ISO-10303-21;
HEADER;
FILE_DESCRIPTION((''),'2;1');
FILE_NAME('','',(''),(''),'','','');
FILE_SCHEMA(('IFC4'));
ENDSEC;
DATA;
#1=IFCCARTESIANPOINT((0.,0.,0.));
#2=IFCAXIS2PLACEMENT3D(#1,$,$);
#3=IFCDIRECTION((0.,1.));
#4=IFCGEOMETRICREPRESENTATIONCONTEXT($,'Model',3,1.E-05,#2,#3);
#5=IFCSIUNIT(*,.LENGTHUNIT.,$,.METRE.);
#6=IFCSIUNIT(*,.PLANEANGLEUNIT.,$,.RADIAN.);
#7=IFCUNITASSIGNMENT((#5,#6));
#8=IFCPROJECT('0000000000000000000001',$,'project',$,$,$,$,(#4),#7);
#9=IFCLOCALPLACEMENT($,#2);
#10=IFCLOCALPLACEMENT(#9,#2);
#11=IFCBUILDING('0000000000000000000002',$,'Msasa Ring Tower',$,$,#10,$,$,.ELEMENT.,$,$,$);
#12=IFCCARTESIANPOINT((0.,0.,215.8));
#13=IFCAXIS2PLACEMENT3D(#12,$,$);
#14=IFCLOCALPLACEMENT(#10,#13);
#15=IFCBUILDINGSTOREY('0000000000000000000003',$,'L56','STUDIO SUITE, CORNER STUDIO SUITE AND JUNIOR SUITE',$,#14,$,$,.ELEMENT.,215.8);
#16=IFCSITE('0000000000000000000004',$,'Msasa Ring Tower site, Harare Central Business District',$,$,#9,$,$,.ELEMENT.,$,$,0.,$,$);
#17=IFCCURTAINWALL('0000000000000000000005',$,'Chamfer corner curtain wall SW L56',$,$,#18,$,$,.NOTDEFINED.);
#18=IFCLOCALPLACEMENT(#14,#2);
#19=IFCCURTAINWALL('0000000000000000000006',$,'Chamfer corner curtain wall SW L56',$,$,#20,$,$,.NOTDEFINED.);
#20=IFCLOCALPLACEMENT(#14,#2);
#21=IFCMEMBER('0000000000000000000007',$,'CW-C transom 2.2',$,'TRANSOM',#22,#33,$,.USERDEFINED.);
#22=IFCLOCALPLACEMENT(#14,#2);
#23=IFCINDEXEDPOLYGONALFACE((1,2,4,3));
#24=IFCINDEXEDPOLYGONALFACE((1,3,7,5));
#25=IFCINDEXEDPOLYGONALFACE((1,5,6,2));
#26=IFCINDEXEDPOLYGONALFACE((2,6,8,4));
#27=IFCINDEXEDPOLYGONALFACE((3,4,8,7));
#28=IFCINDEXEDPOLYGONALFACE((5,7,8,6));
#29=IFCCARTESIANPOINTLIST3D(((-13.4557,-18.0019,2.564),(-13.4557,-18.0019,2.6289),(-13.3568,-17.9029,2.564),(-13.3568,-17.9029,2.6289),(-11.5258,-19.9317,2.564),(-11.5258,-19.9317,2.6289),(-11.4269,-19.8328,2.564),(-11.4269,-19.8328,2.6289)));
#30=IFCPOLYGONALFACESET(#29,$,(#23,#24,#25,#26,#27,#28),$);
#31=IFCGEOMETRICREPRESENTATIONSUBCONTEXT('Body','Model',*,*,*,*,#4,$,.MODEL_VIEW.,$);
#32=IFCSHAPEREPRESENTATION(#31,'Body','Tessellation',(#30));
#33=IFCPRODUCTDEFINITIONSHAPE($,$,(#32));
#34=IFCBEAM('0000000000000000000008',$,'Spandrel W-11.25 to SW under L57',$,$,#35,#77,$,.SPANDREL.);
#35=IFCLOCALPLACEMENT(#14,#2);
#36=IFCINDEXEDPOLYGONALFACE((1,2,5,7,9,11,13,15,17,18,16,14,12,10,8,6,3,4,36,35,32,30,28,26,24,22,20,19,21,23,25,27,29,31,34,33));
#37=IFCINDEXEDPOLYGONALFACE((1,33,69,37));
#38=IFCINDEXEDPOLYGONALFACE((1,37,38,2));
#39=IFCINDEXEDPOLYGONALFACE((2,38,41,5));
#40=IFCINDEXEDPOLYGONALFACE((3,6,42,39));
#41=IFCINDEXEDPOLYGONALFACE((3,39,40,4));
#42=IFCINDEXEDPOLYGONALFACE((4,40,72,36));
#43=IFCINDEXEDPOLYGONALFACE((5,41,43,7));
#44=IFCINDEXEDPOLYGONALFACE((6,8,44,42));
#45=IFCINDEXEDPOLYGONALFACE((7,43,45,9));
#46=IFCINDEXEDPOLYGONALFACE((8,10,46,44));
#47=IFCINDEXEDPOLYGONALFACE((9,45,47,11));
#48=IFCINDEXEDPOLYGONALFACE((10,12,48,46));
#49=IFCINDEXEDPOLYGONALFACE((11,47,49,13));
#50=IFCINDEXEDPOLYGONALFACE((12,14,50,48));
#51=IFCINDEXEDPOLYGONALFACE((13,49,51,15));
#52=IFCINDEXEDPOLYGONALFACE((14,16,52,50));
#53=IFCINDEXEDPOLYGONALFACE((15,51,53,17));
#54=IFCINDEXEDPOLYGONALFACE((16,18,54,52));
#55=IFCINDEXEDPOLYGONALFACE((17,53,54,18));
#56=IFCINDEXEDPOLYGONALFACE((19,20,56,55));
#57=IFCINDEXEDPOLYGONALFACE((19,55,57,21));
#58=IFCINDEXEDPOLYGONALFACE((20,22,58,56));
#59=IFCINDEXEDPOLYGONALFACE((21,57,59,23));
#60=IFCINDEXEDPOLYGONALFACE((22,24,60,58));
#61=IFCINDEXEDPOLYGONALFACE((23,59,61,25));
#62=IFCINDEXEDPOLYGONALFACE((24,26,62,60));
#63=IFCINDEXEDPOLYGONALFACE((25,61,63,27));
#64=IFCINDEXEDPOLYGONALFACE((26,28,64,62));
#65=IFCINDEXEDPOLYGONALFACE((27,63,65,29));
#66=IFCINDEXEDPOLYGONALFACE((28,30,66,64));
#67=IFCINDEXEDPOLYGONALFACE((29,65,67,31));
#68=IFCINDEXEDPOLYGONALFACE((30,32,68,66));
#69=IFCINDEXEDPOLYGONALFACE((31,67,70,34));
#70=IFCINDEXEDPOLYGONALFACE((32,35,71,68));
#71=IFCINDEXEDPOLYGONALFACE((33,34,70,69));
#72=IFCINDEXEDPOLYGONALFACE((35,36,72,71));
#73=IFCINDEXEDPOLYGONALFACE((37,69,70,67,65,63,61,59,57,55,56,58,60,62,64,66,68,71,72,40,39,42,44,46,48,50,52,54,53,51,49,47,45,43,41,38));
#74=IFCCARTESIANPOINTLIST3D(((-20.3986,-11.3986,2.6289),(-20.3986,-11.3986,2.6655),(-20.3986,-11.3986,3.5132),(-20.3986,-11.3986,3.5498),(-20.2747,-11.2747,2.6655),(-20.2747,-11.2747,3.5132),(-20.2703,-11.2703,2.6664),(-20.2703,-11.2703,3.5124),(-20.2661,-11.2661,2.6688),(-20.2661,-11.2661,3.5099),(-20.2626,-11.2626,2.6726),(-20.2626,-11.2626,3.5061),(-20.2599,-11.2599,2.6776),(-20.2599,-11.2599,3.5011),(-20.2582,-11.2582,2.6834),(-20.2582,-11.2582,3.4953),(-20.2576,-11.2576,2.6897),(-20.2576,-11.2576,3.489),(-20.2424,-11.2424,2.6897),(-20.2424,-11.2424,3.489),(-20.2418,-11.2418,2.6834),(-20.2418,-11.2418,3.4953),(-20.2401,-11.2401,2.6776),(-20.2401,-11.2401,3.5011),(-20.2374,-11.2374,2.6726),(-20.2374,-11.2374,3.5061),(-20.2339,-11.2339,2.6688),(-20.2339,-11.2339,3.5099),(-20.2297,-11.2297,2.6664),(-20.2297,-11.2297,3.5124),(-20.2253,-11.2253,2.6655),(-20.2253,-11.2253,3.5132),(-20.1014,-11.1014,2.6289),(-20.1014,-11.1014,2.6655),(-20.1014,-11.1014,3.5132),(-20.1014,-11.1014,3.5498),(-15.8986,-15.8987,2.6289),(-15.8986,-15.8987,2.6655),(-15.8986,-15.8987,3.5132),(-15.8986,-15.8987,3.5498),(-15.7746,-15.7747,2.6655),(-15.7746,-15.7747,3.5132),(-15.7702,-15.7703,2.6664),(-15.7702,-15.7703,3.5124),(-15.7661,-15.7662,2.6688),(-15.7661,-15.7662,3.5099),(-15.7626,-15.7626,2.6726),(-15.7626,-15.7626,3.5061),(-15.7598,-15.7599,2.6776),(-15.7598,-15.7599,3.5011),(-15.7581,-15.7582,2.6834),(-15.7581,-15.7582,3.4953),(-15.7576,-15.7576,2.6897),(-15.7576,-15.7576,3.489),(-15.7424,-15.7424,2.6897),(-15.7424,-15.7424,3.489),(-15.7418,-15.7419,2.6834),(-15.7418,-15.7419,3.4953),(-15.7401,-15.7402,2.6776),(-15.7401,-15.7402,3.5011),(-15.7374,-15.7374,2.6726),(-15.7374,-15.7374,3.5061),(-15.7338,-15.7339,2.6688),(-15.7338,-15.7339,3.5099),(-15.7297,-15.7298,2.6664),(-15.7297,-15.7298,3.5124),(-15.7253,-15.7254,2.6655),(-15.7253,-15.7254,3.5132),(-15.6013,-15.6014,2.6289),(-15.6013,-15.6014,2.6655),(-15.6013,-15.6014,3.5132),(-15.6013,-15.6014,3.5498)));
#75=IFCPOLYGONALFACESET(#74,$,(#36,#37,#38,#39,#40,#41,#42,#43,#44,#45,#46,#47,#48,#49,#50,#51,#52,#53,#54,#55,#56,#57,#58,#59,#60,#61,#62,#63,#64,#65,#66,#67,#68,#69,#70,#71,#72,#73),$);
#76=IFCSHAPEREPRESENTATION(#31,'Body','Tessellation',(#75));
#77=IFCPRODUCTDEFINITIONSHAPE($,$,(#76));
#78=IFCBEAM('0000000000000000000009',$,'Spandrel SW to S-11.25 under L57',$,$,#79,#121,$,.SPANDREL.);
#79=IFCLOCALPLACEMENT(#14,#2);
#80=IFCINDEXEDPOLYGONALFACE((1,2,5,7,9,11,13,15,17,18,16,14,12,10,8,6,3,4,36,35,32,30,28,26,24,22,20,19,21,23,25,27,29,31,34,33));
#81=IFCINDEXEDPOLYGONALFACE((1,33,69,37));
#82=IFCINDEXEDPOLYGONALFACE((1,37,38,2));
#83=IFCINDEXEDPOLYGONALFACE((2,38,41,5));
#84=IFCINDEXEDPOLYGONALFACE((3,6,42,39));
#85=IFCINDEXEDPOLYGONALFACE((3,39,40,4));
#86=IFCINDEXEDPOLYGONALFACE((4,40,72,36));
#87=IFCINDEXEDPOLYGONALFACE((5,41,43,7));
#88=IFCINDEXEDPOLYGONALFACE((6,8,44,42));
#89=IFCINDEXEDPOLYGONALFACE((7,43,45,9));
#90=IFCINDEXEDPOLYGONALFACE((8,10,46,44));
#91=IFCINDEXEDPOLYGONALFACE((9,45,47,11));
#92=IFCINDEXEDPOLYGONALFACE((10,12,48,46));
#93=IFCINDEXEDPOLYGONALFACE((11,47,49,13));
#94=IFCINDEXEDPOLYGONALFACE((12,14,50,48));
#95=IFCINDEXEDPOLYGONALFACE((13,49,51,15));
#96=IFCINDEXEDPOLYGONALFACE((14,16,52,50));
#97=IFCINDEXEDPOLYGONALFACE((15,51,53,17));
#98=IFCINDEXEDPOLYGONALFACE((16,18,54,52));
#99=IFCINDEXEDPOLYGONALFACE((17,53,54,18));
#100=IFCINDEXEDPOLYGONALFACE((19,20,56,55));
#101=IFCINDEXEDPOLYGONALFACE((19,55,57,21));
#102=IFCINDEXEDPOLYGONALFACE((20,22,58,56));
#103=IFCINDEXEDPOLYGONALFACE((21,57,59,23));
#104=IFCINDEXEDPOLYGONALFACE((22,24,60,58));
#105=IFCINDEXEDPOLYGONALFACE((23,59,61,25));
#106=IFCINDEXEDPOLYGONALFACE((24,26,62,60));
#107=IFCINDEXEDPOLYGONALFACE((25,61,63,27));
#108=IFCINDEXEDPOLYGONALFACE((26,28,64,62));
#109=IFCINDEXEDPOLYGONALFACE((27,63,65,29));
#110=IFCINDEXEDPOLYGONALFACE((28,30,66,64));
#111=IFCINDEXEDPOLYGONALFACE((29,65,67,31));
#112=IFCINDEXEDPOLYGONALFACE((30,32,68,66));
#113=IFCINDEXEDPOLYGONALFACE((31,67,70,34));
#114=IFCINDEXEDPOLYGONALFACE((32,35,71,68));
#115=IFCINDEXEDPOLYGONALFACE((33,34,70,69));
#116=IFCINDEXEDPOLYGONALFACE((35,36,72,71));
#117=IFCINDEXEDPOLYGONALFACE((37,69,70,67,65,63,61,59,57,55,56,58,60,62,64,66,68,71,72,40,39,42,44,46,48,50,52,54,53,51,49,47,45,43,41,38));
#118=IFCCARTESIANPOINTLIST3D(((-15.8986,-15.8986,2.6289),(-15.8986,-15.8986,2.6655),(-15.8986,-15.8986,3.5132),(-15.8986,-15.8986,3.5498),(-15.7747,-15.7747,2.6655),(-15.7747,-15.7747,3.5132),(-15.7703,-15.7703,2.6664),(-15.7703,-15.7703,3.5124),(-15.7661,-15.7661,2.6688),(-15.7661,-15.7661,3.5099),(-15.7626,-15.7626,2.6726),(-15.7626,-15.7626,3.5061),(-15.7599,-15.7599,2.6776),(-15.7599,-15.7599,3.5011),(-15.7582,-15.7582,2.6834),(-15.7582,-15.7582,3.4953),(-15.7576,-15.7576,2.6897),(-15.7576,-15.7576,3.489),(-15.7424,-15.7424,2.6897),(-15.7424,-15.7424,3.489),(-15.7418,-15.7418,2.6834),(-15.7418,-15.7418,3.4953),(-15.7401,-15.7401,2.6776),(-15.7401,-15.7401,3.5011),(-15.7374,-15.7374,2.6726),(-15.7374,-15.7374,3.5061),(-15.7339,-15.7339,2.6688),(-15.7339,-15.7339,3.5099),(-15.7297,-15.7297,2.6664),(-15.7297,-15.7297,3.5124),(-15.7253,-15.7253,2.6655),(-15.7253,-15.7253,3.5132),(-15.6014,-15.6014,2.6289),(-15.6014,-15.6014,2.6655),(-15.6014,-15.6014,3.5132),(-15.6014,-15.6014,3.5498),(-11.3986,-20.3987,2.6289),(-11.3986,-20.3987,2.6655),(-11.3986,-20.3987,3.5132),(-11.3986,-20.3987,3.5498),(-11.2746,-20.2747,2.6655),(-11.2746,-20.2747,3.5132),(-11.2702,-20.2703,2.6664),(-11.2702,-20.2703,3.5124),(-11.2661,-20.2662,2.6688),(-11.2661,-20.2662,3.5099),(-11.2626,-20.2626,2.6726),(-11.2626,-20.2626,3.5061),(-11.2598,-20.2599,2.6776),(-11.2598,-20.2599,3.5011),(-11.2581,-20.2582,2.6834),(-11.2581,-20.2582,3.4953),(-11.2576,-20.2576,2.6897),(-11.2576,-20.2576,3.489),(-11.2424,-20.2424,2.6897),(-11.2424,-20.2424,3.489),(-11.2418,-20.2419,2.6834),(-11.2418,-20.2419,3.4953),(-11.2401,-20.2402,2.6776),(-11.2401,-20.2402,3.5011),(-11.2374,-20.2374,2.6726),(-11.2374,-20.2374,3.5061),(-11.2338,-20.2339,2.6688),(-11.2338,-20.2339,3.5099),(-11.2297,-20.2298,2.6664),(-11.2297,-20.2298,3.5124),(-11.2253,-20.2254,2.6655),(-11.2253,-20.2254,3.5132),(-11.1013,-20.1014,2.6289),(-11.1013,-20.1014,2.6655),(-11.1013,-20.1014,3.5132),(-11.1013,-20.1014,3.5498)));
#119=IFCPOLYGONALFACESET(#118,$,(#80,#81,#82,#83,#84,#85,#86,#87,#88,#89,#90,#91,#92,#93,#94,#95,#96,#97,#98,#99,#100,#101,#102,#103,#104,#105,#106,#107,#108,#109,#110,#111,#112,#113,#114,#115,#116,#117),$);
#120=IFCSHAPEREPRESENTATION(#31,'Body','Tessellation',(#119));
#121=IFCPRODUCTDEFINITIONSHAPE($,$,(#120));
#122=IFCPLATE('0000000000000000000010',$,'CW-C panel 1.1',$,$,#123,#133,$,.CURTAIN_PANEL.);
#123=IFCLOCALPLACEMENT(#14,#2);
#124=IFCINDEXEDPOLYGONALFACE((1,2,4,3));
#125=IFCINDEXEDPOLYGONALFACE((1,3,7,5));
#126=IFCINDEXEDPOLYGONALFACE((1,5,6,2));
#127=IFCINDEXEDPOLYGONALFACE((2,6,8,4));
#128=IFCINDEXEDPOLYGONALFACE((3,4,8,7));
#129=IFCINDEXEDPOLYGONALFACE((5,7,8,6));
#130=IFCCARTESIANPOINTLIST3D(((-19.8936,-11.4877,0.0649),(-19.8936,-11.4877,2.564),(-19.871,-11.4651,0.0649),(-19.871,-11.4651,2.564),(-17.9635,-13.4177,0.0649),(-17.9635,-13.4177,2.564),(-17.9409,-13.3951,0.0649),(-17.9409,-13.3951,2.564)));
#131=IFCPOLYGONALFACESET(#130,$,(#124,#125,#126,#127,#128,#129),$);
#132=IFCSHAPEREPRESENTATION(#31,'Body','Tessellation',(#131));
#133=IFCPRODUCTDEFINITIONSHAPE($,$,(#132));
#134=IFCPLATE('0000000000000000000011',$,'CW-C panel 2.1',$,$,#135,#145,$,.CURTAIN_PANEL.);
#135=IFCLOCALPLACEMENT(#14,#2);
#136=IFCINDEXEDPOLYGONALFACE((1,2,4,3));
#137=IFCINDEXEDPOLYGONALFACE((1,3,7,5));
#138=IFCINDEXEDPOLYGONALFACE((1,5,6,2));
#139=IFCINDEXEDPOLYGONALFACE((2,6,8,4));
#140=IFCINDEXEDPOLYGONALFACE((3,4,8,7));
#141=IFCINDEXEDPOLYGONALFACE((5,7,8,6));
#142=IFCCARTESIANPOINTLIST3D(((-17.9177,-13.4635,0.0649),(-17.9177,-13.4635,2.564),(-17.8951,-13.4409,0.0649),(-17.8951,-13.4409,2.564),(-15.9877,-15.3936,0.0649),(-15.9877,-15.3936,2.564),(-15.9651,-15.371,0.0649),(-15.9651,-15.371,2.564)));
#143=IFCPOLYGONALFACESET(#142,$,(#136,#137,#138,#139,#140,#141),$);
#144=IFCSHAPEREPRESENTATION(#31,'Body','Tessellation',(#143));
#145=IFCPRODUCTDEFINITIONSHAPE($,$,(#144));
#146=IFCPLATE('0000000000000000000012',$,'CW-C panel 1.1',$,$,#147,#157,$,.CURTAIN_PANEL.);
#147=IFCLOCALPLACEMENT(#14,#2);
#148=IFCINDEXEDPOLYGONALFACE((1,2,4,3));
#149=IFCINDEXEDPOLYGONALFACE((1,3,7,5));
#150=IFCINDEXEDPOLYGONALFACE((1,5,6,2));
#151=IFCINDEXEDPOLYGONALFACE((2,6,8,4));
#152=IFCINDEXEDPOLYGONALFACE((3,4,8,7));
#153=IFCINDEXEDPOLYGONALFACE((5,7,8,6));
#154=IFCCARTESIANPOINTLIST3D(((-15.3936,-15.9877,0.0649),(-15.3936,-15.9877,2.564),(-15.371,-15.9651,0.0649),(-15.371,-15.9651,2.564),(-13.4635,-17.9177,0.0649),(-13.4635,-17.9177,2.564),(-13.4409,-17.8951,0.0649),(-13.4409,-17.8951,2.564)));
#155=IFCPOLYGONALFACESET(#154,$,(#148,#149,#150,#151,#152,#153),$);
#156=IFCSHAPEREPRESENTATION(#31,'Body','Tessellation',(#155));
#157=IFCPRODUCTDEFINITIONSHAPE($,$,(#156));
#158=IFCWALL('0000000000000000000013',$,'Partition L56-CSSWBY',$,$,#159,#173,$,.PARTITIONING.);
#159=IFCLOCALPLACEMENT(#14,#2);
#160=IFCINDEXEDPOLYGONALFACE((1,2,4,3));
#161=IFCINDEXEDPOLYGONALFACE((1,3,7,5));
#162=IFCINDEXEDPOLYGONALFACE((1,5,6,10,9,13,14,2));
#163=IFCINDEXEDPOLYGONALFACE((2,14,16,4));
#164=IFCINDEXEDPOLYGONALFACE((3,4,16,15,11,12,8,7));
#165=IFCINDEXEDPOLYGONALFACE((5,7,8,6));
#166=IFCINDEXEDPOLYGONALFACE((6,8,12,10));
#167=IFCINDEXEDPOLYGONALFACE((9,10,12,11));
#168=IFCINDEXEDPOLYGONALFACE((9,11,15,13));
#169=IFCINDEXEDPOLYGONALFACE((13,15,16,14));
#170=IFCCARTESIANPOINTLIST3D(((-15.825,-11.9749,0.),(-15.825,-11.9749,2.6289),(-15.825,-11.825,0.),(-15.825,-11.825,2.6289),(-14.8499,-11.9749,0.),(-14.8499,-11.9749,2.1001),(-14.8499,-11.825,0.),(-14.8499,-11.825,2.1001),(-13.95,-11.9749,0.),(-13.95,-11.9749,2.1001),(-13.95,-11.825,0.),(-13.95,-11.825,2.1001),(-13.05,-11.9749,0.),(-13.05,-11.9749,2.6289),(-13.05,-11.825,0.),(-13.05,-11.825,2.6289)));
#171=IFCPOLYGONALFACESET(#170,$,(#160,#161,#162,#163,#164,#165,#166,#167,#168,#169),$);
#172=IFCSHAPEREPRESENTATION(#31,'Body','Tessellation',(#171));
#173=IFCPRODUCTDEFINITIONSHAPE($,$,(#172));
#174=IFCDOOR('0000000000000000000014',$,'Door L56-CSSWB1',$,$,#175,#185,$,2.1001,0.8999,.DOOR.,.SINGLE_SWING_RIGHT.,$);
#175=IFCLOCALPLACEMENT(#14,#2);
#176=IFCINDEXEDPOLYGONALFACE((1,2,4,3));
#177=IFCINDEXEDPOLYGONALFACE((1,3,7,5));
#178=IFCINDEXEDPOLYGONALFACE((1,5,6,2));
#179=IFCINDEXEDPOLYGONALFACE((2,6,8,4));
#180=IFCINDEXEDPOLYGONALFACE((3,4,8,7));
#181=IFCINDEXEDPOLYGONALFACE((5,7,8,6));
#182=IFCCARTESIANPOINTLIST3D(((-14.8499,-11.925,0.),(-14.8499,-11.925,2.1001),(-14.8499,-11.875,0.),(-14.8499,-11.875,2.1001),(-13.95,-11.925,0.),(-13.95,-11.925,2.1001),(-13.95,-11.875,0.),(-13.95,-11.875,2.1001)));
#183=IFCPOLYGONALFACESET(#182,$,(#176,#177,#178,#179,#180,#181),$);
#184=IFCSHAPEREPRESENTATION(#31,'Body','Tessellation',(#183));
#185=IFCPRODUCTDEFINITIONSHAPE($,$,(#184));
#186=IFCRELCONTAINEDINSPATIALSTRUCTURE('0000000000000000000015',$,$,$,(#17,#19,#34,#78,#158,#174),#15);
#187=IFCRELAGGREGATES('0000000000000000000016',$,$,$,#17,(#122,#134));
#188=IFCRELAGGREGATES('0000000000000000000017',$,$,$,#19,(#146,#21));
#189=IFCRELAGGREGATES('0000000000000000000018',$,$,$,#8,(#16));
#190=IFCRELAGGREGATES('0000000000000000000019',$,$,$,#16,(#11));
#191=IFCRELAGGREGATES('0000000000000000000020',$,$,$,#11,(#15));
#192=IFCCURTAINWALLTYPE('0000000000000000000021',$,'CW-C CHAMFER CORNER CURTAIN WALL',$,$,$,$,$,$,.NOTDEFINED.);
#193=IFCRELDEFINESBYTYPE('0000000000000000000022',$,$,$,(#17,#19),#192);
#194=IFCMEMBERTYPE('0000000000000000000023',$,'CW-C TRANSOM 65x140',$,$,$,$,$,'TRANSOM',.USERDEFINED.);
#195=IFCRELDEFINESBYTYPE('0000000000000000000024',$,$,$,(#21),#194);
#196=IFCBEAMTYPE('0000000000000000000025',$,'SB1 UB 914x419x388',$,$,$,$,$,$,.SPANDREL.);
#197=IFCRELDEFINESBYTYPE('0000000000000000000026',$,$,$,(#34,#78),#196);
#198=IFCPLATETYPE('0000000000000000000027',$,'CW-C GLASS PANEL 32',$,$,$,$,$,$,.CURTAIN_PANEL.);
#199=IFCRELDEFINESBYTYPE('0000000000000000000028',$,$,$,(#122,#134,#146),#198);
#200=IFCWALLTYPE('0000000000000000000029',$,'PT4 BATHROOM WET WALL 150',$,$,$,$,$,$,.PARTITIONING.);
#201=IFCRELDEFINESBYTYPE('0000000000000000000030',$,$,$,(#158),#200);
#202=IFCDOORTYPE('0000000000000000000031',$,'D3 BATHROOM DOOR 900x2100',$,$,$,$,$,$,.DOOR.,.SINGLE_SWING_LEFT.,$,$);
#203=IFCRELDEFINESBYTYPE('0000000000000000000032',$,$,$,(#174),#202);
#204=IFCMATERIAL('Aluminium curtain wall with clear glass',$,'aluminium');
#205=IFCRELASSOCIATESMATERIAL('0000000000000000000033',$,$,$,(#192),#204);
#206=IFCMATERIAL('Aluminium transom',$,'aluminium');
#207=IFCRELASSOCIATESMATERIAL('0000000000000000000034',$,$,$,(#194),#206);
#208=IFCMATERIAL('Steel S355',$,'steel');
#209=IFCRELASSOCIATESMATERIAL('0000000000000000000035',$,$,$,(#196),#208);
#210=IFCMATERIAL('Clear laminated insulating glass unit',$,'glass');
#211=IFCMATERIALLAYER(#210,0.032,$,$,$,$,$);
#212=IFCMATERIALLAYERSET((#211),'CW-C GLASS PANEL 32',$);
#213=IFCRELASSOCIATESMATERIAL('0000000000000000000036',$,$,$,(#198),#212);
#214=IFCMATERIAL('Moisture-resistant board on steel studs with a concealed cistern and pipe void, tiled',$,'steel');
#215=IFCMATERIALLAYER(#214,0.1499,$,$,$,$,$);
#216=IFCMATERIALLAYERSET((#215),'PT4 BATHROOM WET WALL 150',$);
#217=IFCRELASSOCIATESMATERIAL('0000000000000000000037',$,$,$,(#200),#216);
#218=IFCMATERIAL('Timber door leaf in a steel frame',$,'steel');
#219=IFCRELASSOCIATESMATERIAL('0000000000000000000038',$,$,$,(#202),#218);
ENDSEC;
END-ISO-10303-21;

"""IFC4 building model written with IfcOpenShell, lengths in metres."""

from ifc_helpers import new_model, si_unit, direction, frame, frame_2d, origin, origin_2d, place, context, subcontext, project, spatial, rectangle, i_section, extrude, material, layer, layer_set, material_profile, profile_set, type_object, element, fill, aggregate, save


model = new_model("IFC4")

# Units and contexts
model_context = context("Model", 3, precision=1e-05, world=origin(), true_north=direction((0.0, 1.0)))
body_context = subcontext(model_context, "Body", "Model", "MODEL_VIEW")
ifc_project = project(units=[si_unit("LENGTHUNIT", "METRE"), si_unit("PLANEANGLEUNIT", "RADIAN")], contexts=[model_context])

# Site, building, storey
site_placement = place(None, origin())
site = spatial("IfcSite", under=ifc_project, at=site_placement, Name="Msasa Ring Tower site, Harare Central Business District", CompositionType="ELEMENT", RefElevation=0.0)
building_placement = place(site_placement, origin())
building = spatial("IfcBuilding", under=site, at=building_placement, Name="Msasa Ring Tower", CompositionType="ELEMENT")
storey_placement = place(building_placement, frame((0.0, 0.0, 215.8)))
storey = spatial("IfcBuildingStorey", under=building, at=storey_placement, Name="L56", Description="STUDIO SUITE, CORNER STUDIO SUITE AND JUNIOR SUITE", CompositionType="ELEMENT", Elevation=215.8)

# Curtain walls
ifc_material_1 = material(Name="Aluminium curtain wall with clear glass", Category="aluminium")
curtain_wall_type = type_object("IfcCurtainWallType", Name="CW-C CHAMFER CORNER CURTAIN WALL", PredefinedType="NOTDEFINED", material=ifc_material_1)
curtain_wall_1_placement = place(storey_placement, origin())
curtain_wall_1 = element("IfcCurtainWall", 1, at=curtain_wall_1_placement, inside=storey, type_object=curtain_wall_type, Name="Chamfer corner curtain wall SW L56", PredefinedType="NOTDEFINED")
curtain_wall_2_placement = place(storey_placement, origin())
curtain_wall_2 = element("IfcCurtainWall", 2, at=curtain_wall_2_placement, inside=storey, type_object=curtain_wall_type, Name="Chamfer corner curtain wall SW L56", PredefinedType="NOTDEFINED")

# Member
ifc_material_2 = material(Name="Aluminium transom", Category="aluminium")
ifc_material_profile_1 = material_profile(ifc_material_2, rectangle(XDim=0.1399, YDim=0.0649, at=origin_2d()), Name="AL 65x140")
ifc_profile_set_1 = profile_set([ifc_material_profile_1], Name="Aluminium transom")
member_type_1 = type_object("IfcMemberType", Name="CW-C TRANSOM 65x140", ElementType="TRANSOM", PredefinedType="USERDEFINED", material=ifc_profile_set_1)
member_1_placement = place(storey_placement, frame((-13.4062, -17.9524, 2.5964), z_axis=(0.707107, -0.707107, 0.0), x_axis=(0.707107, 0.707107, 0.0)))
member_1 = element("IfcMember", 3, at=member_1_placement, type_object=member_type_1, Name="CW-C transom 2.2", ObjectType="TRANSOM", PredefinedType="USERDEFINED", context=body_context, shape_type="SweptSolid", body=[
    extrude(rectangle(XDim=0.1399, YDim=0.0649, at=origin_2d()), origin(), (0.0, 0.0, 1.0), 2.7292),
])

# Beams
ifc_material_3 = material(Name="Steel S355", Category="steel")
ifc_material_profile_2 = material_profile(ifc_material_3, i_section(OverallWidth=0.4204, OverallDepth=0.9209, WebThickness=0.0215, FlangeThickness=0.0366, FilletRadius=0.0242, at=origin_2d()), Name="UB 914x419x388")
ifc_profile_set_2 = profile_set([ifc_material_profile_2], Name="Steel S355")
beam_type = type_object("IfcBeamType", Name="SB1 UB 914x419x388", PredefinedType="SPANDREL", material=ifc_profile_set_2)
for number, where, z_axis, x_axis, name in (
    (4, (-20.25, -11.25, 3.0894), (0.707107, -0.707107, 0.0), (0.707107, 0.707107, 0.0), "Spandrel W-11.25 to SW under L57"),
    (5, (-15.75, -15.75, 3.0894), (0.707107, -0.707107, 0.0), (0.707107, 0.707107, 0.0), "Spandrel SW to S-11.25 under L57"),
):
    element("IfcBeam", number, at=place(storey_placement, frame(where, z_axis=z_axis, x_axis=x_axis)), inside=storey, type_object=beam_type, Name=name, PredefinedType="SPANDREL", context=body_context, shape_type="SweptSolid", body=[
        extrude(i_section(OverallWidth=0.4204, OverallDepth=0.9209, WebThickness=0.0215, FlangeThickness=0.0366, FilletRadius=0.0242, at=origin_2d()), origin(), (0.0, 0.0, 1.0), 6.364),
    ])

# Plates
ifc_material_4 = material(Name="Clear laminated insulating glass unit", Category="glass")
ifc_layer_1 = layer(ifc_material_4, 0.032)
ifc_layer_set_1 = layer_set([ifc_layer_1], Name="CW-C GLASS PANEL 32")
plate_type = type_object("IfcPlateType", Name="CW-C GLASS PANEL 32", PredefinedType="CURTAIN_PANEL", material=ifc_layer_set_1)
plate_1_placement = place(storey_placement, frame((-18.9172, -12.4414, 0.0649), z_axis=(0.0, 0.0, 1.0), x_axis=(0.707107, -0.707107, 0.0)))
plate_1 = element("IfcPlate", 6, at=plate_1_placement, type_object=plate_type, Name="CW-C panel 1.1", PredefinedType="CURTAIN_PANEL", context=body_context, shape_type="SweptSolid", body=[
    extrude(rectangle(XDim=2.7295, YDim=0.032, at=origin_2d()), origin(), (0.0, 0.0, 1.0), 2.499),
])
plate_2_placement = place(storey_placement, frame((-16.9414, -14.4172, 0.0649), z_axis=(0.0, 0.0, 1.0), x_axis=(0.707107, -0.707107, 0.0)))
plate_2 = element("IfcPlate", 7, at=plate_2_placement, type_object=plate_type, Name="CW-C panel 2.1", PredefinedType="CURTAIN_PANEL", context=body_context, shape_type="SweptSolid", body=[
    extrude(rectangle(XDim=2.7295, YDim=0.032, at=origin_2d()), origin(), (0.0, 0.0, 1.0), 2.499),
])
aggregate(curtain_wall_1, [plate_1, plate_2])
plate_3_placement = place(storey_placement, frame((-14.4172, -16.9414, 0.0649), z_axis=(0.0, 0.0, 1.0), x_axis=(0.707107, -0.707107, 0.0)))
plate_3 = element("IfcPlate", 8, at=plate_3_placement, type_object=plate_type, Name="CW-C panel 1.1", PredefinedType="CURTAIN_PANEL", context=body_context, shape_type="SweptSolid", body=[
    extrude(rectangle(XDim=2.7295, YDim=0.032, at=origin_2d()), origin(), (0.0, 0.0, 1.0), 2.499),
])
aggregate(curtain_wall_2, [plate_3, member_1])

# Wall, opening, door
ifc_material_5 = material(Name="Moisture-resistant board on steel studs with a concealed cistern and pipe void, tiled", Category="steel")
ifc_layer_2 = layer(ifc_material_5, 0.1499)
ifc_layer_set_2 = layer_set([ifc_layer_2], Name="PT4 BATHROOM WET WALL 150")
wall_type = type_object("IfcWallType", Name="PT4 BATHROOM WET WALL 150", PredefinedType="PARTITIONING", material=ifc_layer_set_2)
wall_1_placement = place(storey_placement, frame((-15.825, -11.8999, 0.0), z_axis=(0.0, 0.0, 1.0), x_axis=(1.0, 0.0, 0.0)))
wall_1 = element("IfcWall", 9, at=wall_1_placement, inside=storey, type_object=wall_type, Name="Partition L56-CSSWBY", PredefinedType="PARTITIONING", context=body_context, shape_type="SweptSolid", body=[
    extrude(rectangle(XDim=2.7749, YDim=0.1499, at=frame_2d((1.3875, 0.0))), origin(), (0.0, 0.0, 1.0), 2.6289),
])
opening_placement = place(wall_1_placement, frame((0.9751, 0.0, 0.0)))
opening = element("IfcOpeningElement", 10, at=opening_placement, cuts=wall_1, PredefinedType="OPENING", context=body_context, shape_type="SweptSolid", body=[
    extrude(rectangle(XDim=0.8999, YDim=2.1001, at=frame_2d((0.45, 1.05))), frame((0.0, 0.085, 0.0), z_axis=(0.0, -1.0, 0.0), x_axis=(1.0, 0.0, 0.0)), (0.0, 0.0, 1.0), 0.1699),
])
ifc_material_6 = material(Name="Timber door leaf in a steel frame", Category="steel")
door_type = type_object("IfcDoorType", Name="D3 BATHROOM DOOR 900x2100", OperationType="SINGLE_SWING_LEFT", PredefinedType="DOOR", material=ifc_material_6)
door_placement = place(opening_placement, origin())
door = element("IfcDoor", 11, at=door_placement, inside=storey, type_object=door_type, Name="Door L56-CSSWB1", OperationType="SINGLE_SWING_RIGHT", OverallHeight=2.1001, OverallWidth=0.8999, PredefinedType="DOOR", context=body_context, shape_type="SweptSolid", body=[
    extrude(rectangle(XDim=0.8999, YDim=2.1001, at=frame_2d((0.45, 1.05))), frame((0.0, 0.0249, 0.0), z_axis=(0.0, -1.0, 0.0), x_axis=(1.0, 0.0, 0.0)), (0.0, 0.0, 1.0), 0.05),
])
fill(opening, door)

save(model, "model.ifc")
